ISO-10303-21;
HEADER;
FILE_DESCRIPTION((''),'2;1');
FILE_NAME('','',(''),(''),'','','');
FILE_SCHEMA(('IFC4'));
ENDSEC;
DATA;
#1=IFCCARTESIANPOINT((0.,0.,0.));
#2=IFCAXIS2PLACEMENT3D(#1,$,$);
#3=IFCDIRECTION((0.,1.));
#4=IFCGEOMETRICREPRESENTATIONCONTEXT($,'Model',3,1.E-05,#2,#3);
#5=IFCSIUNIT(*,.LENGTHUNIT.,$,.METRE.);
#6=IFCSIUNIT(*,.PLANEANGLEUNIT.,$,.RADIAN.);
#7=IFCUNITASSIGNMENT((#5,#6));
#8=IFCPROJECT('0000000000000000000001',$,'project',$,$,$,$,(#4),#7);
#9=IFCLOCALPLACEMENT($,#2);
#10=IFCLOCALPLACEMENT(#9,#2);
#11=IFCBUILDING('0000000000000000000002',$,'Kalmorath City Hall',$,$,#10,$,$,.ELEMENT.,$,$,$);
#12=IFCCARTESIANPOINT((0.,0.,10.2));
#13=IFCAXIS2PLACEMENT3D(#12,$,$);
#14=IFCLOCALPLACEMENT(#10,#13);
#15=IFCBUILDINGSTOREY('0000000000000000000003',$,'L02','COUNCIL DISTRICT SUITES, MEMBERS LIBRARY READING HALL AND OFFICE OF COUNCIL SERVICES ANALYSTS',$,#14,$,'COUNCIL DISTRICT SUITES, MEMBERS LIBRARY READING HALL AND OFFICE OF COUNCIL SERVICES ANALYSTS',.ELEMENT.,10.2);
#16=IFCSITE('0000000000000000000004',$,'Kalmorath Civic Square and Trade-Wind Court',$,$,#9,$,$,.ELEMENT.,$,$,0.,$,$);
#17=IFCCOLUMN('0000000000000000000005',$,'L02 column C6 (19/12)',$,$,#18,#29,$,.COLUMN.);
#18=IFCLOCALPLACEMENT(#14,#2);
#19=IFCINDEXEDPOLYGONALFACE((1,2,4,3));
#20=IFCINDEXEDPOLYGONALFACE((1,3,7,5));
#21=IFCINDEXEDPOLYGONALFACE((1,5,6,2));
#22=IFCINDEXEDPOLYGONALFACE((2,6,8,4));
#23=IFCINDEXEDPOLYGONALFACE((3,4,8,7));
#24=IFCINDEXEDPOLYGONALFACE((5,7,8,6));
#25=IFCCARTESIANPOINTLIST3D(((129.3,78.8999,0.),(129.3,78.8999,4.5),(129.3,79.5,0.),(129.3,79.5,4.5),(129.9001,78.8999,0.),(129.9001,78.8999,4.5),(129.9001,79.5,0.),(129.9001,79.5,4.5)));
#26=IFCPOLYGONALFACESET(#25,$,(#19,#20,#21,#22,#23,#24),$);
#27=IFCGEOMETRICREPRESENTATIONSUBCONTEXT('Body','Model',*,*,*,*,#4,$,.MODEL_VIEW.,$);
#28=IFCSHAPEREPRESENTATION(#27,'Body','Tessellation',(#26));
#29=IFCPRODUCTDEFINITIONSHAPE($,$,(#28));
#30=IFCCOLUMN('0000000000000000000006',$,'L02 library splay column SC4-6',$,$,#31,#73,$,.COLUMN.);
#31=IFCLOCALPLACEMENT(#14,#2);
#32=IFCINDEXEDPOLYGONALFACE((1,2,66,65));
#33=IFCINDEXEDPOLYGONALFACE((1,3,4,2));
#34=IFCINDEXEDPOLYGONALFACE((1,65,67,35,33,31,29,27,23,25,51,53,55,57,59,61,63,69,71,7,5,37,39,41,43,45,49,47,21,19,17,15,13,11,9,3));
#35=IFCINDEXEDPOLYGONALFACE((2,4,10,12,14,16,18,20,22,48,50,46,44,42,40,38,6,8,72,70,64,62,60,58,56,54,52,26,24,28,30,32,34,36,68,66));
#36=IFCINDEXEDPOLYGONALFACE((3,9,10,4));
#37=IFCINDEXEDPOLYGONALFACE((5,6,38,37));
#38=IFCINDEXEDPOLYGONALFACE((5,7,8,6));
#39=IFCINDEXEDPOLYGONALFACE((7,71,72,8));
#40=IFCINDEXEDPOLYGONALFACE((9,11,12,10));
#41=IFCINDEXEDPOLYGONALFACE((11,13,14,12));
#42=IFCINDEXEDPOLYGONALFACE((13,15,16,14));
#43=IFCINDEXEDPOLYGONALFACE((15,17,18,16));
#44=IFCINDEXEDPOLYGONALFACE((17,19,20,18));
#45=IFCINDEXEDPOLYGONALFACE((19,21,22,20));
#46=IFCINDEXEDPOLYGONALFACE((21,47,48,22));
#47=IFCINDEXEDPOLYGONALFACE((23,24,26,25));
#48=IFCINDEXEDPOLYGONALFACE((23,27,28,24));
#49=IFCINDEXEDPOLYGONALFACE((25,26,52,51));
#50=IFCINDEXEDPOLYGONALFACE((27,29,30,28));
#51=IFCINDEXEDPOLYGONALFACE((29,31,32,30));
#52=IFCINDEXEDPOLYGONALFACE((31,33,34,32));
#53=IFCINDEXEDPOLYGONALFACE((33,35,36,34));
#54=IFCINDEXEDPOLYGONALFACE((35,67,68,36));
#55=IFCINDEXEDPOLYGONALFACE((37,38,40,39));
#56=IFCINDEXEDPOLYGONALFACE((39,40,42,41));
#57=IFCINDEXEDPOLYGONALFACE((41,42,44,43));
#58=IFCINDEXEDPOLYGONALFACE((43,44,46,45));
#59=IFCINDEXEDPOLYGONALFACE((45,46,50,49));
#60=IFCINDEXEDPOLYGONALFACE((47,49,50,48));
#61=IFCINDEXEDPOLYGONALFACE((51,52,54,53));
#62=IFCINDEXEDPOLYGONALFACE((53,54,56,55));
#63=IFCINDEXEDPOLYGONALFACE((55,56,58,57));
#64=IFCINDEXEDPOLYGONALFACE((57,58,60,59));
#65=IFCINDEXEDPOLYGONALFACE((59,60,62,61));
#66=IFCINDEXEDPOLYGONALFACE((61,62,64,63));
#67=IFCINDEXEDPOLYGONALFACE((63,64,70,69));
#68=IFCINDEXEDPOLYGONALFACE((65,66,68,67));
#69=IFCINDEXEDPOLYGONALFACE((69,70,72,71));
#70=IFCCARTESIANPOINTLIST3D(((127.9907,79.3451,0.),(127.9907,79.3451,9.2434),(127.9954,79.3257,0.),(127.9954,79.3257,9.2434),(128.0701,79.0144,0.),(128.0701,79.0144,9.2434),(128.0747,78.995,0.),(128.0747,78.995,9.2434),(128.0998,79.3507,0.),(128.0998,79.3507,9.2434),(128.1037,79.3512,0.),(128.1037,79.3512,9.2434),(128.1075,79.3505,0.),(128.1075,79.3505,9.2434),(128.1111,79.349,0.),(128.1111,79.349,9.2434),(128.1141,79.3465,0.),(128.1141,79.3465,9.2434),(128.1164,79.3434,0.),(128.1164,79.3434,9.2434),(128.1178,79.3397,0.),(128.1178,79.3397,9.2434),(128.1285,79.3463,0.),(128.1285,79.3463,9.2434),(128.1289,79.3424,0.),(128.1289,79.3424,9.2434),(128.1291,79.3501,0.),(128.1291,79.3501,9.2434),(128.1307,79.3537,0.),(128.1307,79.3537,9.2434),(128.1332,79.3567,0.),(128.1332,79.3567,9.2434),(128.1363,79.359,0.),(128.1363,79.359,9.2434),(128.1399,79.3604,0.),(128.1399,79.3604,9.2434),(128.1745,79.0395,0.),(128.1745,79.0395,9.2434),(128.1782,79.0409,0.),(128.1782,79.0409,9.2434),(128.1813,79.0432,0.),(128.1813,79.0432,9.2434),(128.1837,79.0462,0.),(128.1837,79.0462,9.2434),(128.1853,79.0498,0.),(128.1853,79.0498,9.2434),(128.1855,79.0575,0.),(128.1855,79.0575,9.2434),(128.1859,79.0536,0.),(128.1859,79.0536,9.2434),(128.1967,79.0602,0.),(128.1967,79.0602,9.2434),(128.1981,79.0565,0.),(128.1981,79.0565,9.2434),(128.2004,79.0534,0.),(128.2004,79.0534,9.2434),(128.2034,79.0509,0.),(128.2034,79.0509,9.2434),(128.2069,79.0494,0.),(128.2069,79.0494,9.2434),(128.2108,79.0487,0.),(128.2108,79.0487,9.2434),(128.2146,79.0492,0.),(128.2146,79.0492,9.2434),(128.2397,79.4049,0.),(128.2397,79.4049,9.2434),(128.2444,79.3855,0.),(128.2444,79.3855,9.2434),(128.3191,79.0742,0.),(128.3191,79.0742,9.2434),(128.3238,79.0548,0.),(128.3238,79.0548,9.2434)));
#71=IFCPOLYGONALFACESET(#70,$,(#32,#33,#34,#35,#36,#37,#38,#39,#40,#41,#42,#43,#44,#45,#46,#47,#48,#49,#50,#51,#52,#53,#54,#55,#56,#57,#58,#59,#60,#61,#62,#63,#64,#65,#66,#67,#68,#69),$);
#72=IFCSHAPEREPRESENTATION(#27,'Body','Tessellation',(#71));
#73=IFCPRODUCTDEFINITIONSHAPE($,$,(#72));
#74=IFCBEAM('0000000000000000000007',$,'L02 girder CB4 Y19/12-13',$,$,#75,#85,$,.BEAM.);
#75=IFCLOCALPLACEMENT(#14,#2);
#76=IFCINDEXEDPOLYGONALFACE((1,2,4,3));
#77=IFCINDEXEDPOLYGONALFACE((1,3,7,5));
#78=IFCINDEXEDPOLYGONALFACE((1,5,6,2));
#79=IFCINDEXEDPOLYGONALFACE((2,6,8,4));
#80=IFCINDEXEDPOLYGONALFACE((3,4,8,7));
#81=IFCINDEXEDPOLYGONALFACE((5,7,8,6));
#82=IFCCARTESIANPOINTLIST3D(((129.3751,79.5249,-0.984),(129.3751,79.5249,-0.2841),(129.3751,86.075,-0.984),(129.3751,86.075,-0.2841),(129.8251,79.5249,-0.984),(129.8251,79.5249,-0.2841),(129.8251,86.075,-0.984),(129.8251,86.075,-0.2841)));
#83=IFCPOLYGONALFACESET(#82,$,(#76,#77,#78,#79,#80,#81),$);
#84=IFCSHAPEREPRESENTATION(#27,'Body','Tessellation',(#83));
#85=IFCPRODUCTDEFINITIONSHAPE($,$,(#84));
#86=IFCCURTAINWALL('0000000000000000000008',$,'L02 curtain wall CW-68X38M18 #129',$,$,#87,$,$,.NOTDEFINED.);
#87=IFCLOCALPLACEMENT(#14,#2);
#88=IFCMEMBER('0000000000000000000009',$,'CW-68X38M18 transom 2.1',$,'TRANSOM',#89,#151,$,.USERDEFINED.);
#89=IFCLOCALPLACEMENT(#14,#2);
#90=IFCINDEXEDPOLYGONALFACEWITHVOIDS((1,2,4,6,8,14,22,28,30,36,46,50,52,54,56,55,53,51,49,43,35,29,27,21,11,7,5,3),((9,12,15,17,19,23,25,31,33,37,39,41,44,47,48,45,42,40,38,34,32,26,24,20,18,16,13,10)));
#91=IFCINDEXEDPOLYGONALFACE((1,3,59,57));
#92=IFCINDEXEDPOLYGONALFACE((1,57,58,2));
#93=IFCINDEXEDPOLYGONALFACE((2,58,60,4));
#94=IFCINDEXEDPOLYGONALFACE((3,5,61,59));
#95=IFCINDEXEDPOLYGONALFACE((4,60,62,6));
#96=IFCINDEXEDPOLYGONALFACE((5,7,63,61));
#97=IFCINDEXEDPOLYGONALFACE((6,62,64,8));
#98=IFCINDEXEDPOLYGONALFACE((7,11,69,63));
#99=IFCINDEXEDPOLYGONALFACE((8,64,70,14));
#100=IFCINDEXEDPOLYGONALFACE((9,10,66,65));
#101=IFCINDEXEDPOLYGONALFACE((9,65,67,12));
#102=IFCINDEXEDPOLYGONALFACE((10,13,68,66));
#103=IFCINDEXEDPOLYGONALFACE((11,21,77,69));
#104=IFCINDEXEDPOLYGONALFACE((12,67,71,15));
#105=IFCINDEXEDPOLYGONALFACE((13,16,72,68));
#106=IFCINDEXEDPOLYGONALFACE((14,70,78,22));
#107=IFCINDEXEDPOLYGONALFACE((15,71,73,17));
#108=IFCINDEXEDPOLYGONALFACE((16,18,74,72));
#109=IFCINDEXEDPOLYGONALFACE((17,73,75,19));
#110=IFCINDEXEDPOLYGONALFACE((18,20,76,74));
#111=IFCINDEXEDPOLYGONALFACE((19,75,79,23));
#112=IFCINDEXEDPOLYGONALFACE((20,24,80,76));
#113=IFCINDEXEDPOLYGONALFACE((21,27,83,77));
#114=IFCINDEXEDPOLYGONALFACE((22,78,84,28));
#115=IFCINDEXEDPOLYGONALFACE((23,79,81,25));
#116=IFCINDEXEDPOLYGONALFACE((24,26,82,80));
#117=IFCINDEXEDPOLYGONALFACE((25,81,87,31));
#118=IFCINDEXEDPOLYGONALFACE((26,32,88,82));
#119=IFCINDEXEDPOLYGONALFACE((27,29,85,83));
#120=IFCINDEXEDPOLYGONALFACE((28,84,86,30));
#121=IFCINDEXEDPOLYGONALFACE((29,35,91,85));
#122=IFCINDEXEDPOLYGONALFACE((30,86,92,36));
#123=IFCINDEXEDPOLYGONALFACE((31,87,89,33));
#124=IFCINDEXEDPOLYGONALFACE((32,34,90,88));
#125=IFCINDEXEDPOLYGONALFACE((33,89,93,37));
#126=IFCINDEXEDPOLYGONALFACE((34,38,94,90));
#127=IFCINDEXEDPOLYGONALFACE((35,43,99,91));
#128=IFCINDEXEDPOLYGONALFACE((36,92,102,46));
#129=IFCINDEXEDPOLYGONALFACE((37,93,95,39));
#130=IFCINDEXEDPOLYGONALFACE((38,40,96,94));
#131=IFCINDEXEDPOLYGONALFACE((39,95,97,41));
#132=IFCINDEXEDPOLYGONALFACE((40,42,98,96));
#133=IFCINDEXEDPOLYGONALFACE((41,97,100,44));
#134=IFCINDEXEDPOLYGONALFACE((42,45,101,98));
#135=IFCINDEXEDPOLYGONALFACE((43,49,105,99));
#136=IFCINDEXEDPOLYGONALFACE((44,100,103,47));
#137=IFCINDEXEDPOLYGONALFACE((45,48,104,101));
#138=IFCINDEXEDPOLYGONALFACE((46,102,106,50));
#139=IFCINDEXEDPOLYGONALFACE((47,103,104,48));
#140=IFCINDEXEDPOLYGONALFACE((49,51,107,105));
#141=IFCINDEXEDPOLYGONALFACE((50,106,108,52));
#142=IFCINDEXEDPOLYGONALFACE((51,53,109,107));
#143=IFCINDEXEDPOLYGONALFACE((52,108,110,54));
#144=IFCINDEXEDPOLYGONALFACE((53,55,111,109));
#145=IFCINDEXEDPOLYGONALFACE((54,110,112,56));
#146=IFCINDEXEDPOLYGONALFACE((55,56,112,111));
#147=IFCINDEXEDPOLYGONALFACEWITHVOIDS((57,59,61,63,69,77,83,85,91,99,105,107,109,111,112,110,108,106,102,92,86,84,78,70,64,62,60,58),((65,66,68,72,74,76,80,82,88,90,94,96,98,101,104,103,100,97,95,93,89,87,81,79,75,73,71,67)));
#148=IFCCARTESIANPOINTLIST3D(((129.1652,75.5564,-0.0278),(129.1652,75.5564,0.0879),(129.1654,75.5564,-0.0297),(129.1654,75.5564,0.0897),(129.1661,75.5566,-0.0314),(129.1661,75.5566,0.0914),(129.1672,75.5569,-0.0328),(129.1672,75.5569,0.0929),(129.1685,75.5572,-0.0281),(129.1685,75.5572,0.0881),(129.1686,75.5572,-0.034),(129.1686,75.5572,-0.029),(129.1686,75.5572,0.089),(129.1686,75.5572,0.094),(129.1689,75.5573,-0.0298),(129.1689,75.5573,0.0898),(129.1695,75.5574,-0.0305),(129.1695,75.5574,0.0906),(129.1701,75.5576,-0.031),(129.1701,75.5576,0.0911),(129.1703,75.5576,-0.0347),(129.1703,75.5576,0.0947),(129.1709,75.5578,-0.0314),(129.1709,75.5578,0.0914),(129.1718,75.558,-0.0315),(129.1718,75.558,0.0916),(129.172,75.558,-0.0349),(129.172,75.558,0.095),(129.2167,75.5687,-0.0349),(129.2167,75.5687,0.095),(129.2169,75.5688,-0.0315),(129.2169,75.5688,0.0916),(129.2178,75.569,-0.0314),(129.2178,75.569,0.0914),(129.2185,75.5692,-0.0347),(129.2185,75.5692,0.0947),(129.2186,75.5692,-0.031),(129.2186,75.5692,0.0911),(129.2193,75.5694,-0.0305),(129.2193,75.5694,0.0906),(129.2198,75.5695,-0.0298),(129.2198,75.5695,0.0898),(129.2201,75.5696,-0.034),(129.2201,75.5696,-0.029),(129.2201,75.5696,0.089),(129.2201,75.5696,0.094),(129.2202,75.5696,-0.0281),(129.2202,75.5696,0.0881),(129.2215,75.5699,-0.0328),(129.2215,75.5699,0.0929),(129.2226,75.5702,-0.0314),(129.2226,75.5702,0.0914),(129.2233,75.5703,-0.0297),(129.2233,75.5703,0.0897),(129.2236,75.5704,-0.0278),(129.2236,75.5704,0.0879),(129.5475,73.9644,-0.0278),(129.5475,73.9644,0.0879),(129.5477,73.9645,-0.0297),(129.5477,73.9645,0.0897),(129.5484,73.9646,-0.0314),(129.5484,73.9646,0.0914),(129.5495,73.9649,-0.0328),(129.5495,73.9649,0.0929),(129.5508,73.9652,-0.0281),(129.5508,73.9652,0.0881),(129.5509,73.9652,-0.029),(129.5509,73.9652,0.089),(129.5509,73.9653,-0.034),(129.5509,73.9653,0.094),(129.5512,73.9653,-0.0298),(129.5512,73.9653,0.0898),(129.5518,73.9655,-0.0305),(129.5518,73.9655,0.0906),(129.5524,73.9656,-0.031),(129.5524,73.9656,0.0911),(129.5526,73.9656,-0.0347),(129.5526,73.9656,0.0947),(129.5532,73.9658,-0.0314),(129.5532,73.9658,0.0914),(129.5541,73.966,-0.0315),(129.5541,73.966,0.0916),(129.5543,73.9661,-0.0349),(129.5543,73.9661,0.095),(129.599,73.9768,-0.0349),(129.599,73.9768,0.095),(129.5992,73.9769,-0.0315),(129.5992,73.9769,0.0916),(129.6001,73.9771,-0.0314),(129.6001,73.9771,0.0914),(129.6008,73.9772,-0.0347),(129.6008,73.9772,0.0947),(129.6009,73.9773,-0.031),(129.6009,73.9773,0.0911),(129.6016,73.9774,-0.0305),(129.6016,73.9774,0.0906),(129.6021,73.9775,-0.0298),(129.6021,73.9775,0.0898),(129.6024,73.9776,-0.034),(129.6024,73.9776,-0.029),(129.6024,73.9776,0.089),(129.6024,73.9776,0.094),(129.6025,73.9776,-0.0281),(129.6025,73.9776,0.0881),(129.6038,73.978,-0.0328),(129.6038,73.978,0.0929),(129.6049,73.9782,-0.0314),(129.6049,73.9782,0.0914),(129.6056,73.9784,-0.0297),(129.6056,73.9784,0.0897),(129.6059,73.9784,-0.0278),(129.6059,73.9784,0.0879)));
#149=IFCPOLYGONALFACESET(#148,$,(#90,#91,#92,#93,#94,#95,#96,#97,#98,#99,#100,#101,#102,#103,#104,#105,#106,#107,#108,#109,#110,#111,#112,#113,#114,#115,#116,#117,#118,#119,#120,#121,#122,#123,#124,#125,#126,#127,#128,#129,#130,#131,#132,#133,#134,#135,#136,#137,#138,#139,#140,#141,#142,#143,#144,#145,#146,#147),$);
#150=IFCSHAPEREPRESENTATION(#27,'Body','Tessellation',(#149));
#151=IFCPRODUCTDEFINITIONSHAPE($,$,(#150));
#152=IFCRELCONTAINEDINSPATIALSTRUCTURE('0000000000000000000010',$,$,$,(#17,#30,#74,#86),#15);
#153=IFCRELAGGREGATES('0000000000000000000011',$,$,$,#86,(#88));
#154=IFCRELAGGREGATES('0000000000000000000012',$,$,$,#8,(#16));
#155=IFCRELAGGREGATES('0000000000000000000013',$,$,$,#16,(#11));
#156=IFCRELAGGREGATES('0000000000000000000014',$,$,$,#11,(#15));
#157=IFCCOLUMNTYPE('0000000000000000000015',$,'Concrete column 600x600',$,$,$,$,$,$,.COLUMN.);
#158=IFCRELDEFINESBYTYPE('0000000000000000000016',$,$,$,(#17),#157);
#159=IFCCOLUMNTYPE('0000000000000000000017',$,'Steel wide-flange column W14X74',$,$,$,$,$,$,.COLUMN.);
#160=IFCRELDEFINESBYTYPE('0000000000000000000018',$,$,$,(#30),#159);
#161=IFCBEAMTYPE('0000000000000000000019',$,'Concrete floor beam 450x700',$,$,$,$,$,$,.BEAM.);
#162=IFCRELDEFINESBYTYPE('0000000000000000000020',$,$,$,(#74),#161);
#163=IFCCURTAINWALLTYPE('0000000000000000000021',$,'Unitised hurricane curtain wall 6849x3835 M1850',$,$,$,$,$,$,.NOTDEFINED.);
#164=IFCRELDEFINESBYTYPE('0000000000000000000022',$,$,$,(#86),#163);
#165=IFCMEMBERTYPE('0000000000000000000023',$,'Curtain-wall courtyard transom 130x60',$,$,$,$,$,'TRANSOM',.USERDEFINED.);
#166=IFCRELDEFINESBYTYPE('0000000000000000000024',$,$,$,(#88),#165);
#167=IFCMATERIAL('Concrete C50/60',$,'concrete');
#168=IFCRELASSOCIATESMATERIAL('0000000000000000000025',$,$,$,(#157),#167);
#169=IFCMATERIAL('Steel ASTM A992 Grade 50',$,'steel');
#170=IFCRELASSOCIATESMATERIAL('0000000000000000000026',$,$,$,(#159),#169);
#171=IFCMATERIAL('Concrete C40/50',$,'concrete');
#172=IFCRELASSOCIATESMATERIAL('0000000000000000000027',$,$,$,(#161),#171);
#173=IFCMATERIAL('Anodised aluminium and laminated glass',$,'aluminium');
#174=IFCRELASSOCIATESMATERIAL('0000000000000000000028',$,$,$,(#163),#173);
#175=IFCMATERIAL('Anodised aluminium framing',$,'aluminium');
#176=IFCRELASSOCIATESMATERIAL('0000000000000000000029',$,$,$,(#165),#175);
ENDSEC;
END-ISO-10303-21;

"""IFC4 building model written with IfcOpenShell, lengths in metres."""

from ifc_helpers import new_model, si_unit, direction, frame, origin, origin_2d, place, context, subcontext, project, spatial, rectangle, hollow_rectangle, i_section, extrude, material, material_profile, profile_set, type_object, element, aggregate, save


model = new_model("IFC4")

# Units and contexts
model_context = context("Model", 3, precision=1e-05, world=origin(), true_north=direction((0.0, 1.0)))
body_context = subcontext(model_context, "Body", "Model", "MODEL_VIEW")
ifc_project = project(units=[si_unit("LENGTHUNIT", "METRE"), si_unit("PLANEANGLEUNIT", "RADIAN")], contexts=[model_context])

# Site, building, storey
site_placement = place(None, origin())
site = spatial("IfcSite", under=ifc_project, at=site_placement, Name="Kalmorath Civic Square and Trade-Wind Court", CompositionType="ELEMENT", RefElevation=0.0)
building_placement = place(site_placement, origin())
building = spatial("IfcBuilding", under=site, at=building_placement, Name="Kalmorath City Hall", CompositionType="ELEMENT")
storey_placement = place(building_placement, frame((0.0, 0.0, 10.2)))
storey = spatial("IfcBuildingStorey", under=building, at=storey_placement, Name="L02", Description="COUNCIL DISTRICT SUITES, MEMBERS LIBRARY READING HALL AND OFFICE OF COUNCIL SERVICES ANALYSTS", LongName="COUNCIL DISTRICT SUITES, MEMBERS LIBRARY READING HALL AND OFFICE OF COUNCIL SERVICES ANALYSTS", CompositionType="ELEMENT", Elevation=10.2)

# Columns
ifc_material_1 = material(Name="Concrete C50/60", Category="concrete")
ifc_material_profile_1 = material_profile(ifc_material_1, rectangle(XDim=0.6001, YDim=0.6001, at=origin_2d()), Name="RC-COL-600X600")
ifc_profile_set_1 = profile_set([ifc_material_profile_1], Name="Concrete C50/60")
column_type_1 = type_object("IfcColumnType", Name="Concrete column 600x600", PredefinedType="COLUMN", material=ifc_profile_set_1)
column_1_placement = place(storey_placement, frame((129.6001, 79.2, 0.0), z_axis=(0.0, 0.0, 1.0), x_axis=(1.0, 0.0, 0.0)))
element("IfcColumn", 1, at=column_1_placement, inside=storey, type_object=column_type_1, Name="L02 column C6 (19/12)", PredefinedType="COLUMN", context=body_context, shape_type="SweptSolid", body=[
    extrude(rectangle(XDim=0.6001, YDim=0.6001, at=origin_2d()), origin(), (0.0, 0.0, 1.0), 4.5),
])
ifc_material_2 = material(Name="Steel ASTM A992 Grade 50", Category="steel")
ifc_material_profile_2 = material_profile(ifc_material_2, i_section(OverallWidth=0.2561, OverallDepth=0.3601, WebThickness=0.0115, FlangeThickness=0.02, FilletRadius=0.0149, at=origin_2d()), Name="W14X74")
ifc_profile_set_2 = profile_set([ifc_material_profile_2], Name="Steel ASTM A992 Grade 50")
column_type_2 = type_object("IfcColumnType", Name="Steel wide-flange column W14X74", PredefinedType="COLUMN", material=ifc_profile_set_2)
column_2_placement = place(storey_placement, frame((128.1572, 79.2, 0.0), z_axis=(0.0, 0.0, 1.0), x_axis=(0.97237, 0.233445, 0.0)))
element("IfcColumn", 2, at=column_2_placement, inside=storey, type_object=column_type_2, Name="L02 library splay column SC4-6", PredefinedType="COLUMN", context=body_context, shape_type="SweptSolid", body=[
    extrude(i_section(OverallWidth=0.2561, OverallDepth=0.3601, WebThickness=0.0115, FlangeThickness=0.02, FilletRadius=0.0149, at=origin_2d()), origin(), (0.0, 0.0, 1.0), 9.2434),
])

# Beam
ifc_material_3 = material(Name="Concrete C40/50", Category="concrete")
ifc_material_profile_3 = material_profile(ifc_material_3, rectangle(XDim=0.45, YDim=0.7, at=origin_2d()), Name="RC-BM-450X700")
ifc_profile_set_3 = profile_set([ifc_material_profile_3], Name="Concrete C40/50")
beam_type = type_object("IfcBeamType", Name="Concrete floor beam 450x700", PredefinedType="BEAM", material=ifc_profile_set_3)
beam_placement = place(storey_placement, frame((129.6001, 79.5249, -0.634), z_axis=(0.0, 1.0, 0.0), x_axis=(-1.0, 0.0, 0.0)))
element("IfcBeam", 3, at=beam_placement, inside=storey, type_object=beam_type, Name="L02 girder CB4 Y19/12-13", PredefinedType="BEAM", context=body_context, shape_type="SweptSolid", body=[
    extrude(rectangle(XDim=0.45, YDim=0.7, at=origin_2d()), origin(), (0.0, 0.0, 1.0), 6.55),
])

# Curtain wall, member
ifc_material_4 = material(Name="Anodised aluminium and laminated glass", Category="aluminium")
curtain_wall_type = type_object("IfcCurtainWallType", Name="Unitised hurricane curtain wall 6849x3835 M1850", PredefinedType="NOTDEFINED", material=ifc_material_4)
curtain_wall_1_placement = place(storey_placement, origin())
curtain_wall_1 = element("IfcCurtainWall", 4, at=curtain_wall_1_placement, inside=storey, type_object=curtain_wall_type, Name="L02 curtain wall CW-68X38M18 #129", PredefinedType="NOTDEFINED")
ifc_material_5 = material(Name="Anodised aluminium framing", Category="aluminium")
ifc_material_profile_4 = material_profile(ifc_material_5, hollow_rectangle(XDim=0.0601, YDim=0.1299, WallThickness=0.0034, InnerFilletRadius=0.0034, OuterFilletRadius=0.0071, at=origin_2d()), Name="ALU-TRN-130X60X3.5")
ifc_profile_set_4 = profile_set([ifc_material_profile_4], Name="Anodised aluminium framing")
member_type_1 = type_object("IfcMemberType", Name="Curtain-wall courtyard transom 130x60", ElementType="TRANSOM", PredefinedType="USERDEFINED", material=ifc_profile_set_4)
member_1_placement = place(storey_placement, frame((129.5767, 73.9714, 0.03), z_axis=(-0.233508, 0.972355, 0.0), x_axis=(-0.972355, -0.233508, 0.0)))
member_1 = element("IfcMember", 5, at=member_1_placement, type_object=member_type_1, Name="CW-68X38M18 transom 2.1", ObjectType="TRANSOM", PredefinedType="USERDEFINED", context=body_context, shape_type="SweptSolid", body=[
    extrude(hollow_rectangle(XDim=0.0601, YDim=0.1299, WallThickness=0.0034, InnerFilletRadius=0.0034, OuterFilletRadius=0.0071, at=origin_2d()), origin(), (0.0, 0.0, 1.0), 1.6372),
])

aggregate(curtain_wall_1, [member_1])

save(model, "model.ifc")
